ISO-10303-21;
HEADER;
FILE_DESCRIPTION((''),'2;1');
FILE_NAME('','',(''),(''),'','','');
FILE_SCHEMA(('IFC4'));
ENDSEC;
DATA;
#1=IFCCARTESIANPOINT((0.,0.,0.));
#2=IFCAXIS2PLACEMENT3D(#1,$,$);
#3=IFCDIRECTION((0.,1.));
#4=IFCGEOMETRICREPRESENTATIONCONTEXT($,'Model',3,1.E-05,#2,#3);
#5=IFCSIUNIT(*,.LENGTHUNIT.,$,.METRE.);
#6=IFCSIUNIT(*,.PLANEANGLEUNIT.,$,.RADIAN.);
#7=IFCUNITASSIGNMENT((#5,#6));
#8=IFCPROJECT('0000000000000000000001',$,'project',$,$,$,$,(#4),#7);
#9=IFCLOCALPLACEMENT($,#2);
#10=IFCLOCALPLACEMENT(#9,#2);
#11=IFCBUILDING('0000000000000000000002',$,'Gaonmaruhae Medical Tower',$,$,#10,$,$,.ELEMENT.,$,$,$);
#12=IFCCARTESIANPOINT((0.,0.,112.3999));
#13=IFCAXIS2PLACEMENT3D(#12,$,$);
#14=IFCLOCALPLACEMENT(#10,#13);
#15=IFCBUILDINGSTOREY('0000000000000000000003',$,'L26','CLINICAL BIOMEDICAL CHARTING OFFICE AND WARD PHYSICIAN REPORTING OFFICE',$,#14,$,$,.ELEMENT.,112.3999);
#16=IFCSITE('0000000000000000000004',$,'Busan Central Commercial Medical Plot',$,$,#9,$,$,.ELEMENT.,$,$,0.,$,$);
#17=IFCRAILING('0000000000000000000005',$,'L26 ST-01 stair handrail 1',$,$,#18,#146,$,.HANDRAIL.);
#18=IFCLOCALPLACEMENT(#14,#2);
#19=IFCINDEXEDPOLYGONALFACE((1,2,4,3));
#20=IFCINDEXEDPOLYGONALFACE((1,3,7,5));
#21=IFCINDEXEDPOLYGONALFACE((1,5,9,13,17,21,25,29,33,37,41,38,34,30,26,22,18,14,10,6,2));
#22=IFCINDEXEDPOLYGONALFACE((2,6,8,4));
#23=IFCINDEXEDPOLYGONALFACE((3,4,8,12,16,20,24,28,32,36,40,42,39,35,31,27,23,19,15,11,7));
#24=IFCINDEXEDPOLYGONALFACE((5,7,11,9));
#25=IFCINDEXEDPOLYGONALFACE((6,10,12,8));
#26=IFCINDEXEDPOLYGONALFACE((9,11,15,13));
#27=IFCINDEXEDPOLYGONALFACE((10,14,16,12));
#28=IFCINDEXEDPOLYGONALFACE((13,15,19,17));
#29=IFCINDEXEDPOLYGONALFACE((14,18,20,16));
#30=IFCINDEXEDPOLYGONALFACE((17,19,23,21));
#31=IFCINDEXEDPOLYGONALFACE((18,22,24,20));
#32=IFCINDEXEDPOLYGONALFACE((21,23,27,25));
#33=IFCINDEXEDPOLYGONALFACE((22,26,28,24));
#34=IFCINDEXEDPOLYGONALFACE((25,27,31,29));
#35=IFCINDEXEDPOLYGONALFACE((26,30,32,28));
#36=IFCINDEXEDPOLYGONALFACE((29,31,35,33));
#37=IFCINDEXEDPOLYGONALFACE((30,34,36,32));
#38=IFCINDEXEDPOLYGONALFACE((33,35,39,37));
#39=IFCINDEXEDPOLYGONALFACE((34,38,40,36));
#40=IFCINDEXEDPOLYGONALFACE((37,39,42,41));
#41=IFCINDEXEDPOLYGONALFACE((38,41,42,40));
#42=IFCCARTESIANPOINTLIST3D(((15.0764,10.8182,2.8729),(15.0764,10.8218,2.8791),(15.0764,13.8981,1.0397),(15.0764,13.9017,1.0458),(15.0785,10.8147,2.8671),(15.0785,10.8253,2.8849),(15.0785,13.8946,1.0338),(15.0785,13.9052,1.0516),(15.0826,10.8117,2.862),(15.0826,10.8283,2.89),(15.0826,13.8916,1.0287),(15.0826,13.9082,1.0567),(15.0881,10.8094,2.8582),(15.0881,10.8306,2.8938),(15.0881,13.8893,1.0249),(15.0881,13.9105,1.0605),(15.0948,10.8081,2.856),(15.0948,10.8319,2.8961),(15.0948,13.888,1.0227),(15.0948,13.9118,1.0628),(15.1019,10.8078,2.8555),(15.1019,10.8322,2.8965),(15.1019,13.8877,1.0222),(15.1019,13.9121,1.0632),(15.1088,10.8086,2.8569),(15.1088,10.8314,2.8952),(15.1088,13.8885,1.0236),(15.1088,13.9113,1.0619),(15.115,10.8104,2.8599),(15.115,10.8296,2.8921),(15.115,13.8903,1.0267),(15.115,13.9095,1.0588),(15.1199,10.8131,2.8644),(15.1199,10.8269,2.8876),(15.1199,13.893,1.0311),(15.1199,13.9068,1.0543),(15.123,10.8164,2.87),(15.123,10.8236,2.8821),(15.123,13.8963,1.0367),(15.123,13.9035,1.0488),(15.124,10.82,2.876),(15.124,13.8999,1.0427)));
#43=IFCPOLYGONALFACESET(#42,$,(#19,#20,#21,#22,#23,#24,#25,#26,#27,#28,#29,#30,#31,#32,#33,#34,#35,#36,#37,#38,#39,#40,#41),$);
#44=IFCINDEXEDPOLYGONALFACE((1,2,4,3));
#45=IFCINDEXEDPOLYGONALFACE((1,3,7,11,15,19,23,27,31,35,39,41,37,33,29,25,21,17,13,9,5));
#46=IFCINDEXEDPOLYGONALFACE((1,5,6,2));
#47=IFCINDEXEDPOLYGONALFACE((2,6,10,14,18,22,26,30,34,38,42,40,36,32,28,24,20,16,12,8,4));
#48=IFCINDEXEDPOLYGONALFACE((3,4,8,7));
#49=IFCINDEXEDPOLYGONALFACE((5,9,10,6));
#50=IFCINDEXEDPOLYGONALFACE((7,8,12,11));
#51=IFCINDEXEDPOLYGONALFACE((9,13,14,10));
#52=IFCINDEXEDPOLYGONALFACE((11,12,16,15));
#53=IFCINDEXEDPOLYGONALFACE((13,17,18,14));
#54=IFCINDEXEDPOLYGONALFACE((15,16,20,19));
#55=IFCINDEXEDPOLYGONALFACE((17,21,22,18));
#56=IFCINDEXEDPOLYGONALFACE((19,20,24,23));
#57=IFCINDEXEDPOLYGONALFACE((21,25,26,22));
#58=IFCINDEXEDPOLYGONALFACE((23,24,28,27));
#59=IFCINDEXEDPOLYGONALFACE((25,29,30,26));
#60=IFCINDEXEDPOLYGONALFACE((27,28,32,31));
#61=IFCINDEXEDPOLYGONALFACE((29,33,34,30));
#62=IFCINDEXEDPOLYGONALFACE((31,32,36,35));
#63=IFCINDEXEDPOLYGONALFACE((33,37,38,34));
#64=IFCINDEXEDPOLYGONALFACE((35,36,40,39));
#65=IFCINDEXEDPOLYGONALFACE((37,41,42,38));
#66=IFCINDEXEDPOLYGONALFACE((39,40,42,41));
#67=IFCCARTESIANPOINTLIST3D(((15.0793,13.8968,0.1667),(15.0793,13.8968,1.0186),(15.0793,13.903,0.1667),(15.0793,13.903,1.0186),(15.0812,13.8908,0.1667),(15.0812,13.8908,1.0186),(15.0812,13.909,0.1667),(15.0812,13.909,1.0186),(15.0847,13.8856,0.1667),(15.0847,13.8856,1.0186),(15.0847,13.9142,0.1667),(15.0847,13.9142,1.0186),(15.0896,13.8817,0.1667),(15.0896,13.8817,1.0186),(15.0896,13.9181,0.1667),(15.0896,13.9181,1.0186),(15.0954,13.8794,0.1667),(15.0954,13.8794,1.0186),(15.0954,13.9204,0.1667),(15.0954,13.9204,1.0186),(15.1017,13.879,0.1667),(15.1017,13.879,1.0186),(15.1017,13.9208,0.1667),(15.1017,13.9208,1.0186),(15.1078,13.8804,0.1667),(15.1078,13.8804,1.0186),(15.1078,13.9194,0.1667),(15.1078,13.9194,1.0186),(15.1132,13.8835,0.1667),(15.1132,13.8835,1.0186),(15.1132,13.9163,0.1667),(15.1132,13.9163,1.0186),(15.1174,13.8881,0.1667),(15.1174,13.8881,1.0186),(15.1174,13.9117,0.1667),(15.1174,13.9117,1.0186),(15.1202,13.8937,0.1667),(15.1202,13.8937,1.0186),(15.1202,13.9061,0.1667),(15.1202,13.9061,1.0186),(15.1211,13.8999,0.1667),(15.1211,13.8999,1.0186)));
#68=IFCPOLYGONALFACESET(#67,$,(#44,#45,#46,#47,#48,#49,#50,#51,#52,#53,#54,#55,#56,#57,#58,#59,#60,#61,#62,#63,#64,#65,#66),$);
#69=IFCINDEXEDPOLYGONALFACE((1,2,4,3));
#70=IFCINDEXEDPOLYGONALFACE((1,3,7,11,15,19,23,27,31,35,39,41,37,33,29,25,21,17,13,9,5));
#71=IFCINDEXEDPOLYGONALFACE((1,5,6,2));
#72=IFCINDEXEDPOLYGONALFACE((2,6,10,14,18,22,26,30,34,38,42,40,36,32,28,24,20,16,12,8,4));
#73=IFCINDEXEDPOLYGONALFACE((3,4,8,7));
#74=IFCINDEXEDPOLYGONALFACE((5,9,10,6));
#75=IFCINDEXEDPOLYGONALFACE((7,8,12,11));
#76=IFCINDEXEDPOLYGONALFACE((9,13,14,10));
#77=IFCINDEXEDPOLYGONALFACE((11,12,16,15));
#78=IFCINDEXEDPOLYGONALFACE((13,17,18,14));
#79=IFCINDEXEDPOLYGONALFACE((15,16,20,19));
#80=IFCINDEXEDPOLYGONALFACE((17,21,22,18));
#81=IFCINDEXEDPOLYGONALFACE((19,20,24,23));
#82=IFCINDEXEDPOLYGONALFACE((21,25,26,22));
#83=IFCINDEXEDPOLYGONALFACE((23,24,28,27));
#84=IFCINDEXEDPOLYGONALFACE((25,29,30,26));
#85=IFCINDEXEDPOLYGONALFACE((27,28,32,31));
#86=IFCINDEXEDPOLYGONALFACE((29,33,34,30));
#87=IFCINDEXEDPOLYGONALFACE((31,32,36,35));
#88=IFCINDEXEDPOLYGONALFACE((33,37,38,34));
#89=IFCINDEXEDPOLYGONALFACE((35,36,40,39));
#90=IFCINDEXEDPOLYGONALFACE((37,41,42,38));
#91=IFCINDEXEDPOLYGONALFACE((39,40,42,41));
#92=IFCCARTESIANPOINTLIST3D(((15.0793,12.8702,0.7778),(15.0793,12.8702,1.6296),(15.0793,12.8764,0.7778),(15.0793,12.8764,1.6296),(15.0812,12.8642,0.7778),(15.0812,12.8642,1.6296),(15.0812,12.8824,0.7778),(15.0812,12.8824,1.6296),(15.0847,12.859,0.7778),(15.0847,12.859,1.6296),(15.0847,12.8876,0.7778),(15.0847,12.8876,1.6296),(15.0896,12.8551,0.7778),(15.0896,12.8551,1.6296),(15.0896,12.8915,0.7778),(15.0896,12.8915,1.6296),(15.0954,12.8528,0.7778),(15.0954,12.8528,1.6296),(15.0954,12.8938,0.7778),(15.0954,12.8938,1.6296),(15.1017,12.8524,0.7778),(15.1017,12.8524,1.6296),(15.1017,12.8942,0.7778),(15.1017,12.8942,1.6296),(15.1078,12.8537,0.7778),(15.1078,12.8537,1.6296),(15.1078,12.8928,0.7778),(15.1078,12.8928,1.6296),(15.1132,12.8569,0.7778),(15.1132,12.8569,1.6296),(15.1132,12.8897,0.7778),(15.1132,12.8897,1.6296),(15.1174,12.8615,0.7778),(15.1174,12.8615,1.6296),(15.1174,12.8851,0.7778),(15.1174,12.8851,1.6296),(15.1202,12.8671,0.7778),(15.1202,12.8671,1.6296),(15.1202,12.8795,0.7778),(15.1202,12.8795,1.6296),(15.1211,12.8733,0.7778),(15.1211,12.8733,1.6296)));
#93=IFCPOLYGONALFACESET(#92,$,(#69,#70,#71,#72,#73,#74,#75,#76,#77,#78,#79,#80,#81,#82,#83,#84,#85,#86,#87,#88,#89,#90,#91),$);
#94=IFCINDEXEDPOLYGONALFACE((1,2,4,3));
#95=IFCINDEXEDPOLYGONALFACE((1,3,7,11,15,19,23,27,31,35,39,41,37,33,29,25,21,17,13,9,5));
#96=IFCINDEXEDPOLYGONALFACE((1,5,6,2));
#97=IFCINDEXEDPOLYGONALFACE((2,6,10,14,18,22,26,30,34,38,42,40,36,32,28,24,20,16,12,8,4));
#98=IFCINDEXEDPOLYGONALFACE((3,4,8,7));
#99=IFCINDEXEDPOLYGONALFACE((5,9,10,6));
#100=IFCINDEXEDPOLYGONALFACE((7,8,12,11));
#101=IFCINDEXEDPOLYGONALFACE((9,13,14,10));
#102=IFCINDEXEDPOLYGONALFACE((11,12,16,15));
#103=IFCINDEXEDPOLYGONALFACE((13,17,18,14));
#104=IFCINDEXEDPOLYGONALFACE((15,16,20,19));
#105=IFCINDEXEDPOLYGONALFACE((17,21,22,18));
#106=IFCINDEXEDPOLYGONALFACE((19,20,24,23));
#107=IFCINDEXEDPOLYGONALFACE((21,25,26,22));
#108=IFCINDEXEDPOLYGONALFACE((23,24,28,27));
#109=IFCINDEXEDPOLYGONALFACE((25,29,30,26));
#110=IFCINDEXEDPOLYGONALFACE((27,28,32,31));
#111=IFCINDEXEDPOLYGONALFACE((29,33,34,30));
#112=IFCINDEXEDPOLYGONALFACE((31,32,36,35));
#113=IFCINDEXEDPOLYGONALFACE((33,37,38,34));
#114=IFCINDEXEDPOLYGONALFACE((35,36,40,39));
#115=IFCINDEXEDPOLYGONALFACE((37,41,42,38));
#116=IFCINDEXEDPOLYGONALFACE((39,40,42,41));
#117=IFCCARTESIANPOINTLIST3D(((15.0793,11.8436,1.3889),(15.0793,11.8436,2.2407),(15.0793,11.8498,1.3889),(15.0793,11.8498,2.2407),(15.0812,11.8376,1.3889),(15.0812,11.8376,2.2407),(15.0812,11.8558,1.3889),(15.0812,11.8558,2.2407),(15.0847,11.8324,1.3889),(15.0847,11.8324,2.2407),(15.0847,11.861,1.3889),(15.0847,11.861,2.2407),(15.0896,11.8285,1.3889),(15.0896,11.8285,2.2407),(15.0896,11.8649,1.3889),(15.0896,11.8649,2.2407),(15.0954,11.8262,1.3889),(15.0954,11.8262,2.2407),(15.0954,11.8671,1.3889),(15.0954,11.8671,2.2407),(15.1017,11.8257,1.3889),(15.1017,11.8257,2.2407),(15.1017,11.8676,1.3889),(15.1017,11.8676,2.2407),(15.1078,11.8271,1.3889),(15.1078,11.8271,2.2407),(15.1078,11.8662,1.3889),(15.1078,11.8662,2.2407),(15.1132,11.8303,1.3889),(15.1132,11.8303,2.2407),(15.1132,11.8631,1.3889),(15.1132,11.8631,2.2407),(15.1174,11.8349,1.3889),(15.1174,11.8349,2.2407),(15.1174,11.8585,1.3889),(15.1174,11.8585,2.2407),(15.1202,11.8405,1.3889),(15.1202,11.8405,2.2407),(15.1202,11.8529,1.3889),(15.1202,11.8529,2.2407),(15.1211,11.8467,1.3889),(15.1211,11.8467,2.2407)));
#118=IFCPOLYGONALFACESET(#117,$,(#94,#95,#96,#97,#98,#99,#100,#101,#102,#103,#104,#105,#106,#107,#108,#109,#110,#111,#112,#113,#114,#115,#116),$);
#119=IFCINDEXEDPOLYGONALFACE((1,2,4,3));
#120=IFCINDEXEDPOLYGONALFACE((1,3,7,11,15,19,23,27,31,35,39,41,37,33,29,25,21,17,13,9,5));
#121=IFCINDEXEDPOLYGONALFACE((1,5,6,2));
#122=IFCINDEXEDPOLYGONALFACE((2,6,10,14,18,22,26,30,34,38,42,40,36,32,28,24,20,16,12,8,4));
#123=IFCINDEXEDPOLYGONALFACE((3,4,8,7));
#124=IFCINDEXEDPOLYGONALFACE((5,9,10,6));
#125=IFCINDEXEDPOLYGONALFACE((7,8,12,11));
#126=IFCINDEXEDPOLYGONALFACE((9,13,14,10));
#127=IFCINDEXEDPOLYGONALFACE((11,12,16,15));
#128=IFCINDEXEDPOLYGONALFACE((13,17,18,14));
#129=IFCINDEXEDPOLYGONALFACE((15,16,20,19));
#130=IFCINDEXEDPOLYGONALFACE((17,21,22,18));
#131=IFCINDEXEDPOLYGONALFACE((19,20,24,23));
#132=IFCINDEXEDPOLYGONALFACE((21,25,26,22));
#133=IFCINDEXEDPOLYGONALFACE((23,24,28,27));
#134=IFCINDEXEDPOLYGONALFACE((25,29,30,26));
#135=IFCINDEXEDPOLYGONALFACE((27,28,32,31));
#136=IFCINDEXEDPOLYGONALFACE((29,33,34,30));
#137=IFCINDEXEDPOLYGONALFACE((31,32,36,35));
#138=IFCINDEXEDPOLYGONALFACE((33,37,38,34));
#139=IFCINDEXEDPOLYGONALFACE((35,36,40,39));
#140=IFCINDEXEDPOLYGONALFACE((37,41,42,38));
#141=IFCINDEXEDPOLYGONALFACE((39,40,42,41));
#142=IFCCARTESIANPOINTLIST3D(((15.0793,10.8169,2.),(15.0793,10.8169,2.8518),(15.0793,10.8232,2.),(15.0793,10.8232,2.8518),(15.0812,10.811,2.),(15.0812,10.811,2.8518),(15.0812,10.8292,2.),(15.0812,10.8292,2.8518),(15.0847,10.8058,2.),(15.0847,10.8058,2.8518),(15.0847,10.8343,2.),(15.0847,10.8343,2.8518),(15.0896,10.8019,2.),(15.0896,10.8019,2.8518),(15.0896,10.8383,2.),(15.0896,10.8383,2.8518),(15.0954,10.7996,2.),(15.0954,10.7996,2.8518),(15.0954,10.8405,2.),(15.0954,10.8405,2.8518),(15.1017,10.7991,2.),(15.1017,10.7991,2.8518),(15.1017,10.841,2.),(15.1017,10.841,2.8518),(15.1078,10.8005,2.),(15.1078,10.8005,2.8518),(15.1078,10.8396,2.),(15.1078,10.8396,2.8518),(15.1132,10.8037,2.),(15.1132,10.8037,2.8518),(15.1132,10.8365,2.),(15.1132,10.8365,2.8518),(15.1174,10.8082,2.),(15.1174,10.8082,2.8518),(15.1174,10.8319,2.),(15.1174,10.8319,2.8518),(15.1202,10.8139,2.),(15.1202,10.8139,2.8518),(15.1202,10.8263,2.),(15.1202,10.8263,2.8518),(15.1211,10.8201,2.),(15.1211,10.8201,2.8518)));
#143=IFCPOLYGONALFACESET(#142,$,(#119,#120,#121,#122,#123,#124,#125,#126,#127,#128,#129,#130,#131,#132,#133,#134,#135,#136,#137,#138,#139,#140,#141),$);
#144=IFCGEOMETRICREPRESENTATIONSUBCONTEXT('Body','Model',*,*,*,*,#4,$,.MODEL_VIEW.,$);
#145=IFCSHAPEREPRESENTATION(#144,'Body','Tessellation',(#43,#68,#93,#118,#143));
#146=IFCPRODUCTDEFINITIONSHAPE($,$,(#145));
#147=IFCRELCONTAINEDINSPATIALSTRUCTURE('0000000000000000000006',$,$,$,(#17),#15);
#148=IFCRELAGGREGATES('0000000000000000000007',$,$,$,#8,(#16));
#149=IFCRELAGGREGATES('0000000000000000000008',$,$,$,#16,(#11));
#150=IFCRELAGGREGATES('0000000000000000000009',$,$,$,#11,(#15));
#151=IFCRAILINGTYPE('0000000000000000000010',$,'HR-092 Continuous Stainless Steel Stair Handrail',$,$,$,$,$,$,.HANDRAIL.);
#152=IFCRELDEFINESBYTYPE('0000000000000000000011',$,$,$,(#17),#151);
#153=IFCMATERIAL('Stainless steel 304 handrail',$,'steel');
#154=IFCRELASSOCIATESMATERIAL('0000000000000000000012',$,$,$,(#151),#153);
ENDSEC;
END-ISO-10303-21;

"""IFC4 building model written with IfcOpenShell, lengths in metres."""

from ifc_helpers import new_model, si_unit, direction, frame, origin, origin_2d, place, context, subcontext, project, spatial, circle, extrude, material, type_object, element, save


model = new_model("IFC4")

# Units and contexts
model_context = context("Model", 3, precision=1e-05, world=origin(), true_north=direction((0.0, 1.0)))
body_context = subcontext(model_context, "Body", "Model", "MODEL_VIEW")
ifc_project = project(units=[si_unit("LENGTHUNIT", "METRE"), si_unit("PLANEANGLEUNIT", "RADIAN")], contexts=[model_context])

# Site, building, storey
site_placement = place(None, origin())
site = spatial("IfcSite", under=ifc_project, at=site_placement, Name="Busan Central Commercial Medical Plot", CompositionType="ELEMENT", RefElevation=0.0)
building_placement = place(site_placement, origin())
building = spatial("IfcBuilding", under=site, at=building_placement, Name="Gaonmaruhae Medical Tower", CompositionType="ELEMENT")
storey_placement = place(building_placement, frame((0.0, 0.0, 112.3999)))
storey = spatial("IfcBuildingStorey", under=building, at=storey_placement, Name="L26", Description="CLINICAL BIOMEDICAL CHARTING OFFICE AND WARD PHYSICIAN REPORTING OFFICE", CompositionType="ELEMENT", Elevation=112.3999)

# Railing
ifc_material_1 = material(Name="Stainless steel 304 handrail", Category="steel")
railing_type_1 = type_object("IfcRailingType", Name="HR-092 Continuous Stainless Steel Stair Handrail", PredefinedType="HANDRAIL", material=ifc_material_1)
railing_1_placement = place(storey_placement, frame((15.1001, 13.8999, 0.1667)))
element("IfcRailing", 1, at=railing_1_placement, inside=storey, type_object=railing_type_1, Name="L26 ST-01 stair handrail 1", PredefinedType="HANDRAIL", context=body_context, shape_type="SweptSolid", body=[
    extrude(circle(Radius=0.0239, at=origin_2d()), frame((0.0, 0.0, 0.876), z_axis=(0.0, -0.859291, 0.511487), x_axis=(1.0, 0.0, 0.0)), (0.0, 0.0, 1.0), 3.5842),
    extrude(circle(Radius=0.021, at=origin_2d()), origin(), (0.0, 0.0, 1.0), 0.8518),
    extrude(circle(Radius=0.021, at=origin_2d()), frame((0.0, -1.0266, 0.6111)), (0.0, 0.0, 1.0), 0.8518),
    extrude(circle(Radius=0.021, at=origin_2d()), frame((0.0, -2.0532, 1.2222)), (0.0, 0.0, 1.0), 0.8518),
    extrude(circle(Radius=0.021, at=origin_2d()), frame((0.0, -3.0798, 1.8333)), (0.0, 0.0, 1.0), 0.8518),
])

save(model, "model.ifc")
